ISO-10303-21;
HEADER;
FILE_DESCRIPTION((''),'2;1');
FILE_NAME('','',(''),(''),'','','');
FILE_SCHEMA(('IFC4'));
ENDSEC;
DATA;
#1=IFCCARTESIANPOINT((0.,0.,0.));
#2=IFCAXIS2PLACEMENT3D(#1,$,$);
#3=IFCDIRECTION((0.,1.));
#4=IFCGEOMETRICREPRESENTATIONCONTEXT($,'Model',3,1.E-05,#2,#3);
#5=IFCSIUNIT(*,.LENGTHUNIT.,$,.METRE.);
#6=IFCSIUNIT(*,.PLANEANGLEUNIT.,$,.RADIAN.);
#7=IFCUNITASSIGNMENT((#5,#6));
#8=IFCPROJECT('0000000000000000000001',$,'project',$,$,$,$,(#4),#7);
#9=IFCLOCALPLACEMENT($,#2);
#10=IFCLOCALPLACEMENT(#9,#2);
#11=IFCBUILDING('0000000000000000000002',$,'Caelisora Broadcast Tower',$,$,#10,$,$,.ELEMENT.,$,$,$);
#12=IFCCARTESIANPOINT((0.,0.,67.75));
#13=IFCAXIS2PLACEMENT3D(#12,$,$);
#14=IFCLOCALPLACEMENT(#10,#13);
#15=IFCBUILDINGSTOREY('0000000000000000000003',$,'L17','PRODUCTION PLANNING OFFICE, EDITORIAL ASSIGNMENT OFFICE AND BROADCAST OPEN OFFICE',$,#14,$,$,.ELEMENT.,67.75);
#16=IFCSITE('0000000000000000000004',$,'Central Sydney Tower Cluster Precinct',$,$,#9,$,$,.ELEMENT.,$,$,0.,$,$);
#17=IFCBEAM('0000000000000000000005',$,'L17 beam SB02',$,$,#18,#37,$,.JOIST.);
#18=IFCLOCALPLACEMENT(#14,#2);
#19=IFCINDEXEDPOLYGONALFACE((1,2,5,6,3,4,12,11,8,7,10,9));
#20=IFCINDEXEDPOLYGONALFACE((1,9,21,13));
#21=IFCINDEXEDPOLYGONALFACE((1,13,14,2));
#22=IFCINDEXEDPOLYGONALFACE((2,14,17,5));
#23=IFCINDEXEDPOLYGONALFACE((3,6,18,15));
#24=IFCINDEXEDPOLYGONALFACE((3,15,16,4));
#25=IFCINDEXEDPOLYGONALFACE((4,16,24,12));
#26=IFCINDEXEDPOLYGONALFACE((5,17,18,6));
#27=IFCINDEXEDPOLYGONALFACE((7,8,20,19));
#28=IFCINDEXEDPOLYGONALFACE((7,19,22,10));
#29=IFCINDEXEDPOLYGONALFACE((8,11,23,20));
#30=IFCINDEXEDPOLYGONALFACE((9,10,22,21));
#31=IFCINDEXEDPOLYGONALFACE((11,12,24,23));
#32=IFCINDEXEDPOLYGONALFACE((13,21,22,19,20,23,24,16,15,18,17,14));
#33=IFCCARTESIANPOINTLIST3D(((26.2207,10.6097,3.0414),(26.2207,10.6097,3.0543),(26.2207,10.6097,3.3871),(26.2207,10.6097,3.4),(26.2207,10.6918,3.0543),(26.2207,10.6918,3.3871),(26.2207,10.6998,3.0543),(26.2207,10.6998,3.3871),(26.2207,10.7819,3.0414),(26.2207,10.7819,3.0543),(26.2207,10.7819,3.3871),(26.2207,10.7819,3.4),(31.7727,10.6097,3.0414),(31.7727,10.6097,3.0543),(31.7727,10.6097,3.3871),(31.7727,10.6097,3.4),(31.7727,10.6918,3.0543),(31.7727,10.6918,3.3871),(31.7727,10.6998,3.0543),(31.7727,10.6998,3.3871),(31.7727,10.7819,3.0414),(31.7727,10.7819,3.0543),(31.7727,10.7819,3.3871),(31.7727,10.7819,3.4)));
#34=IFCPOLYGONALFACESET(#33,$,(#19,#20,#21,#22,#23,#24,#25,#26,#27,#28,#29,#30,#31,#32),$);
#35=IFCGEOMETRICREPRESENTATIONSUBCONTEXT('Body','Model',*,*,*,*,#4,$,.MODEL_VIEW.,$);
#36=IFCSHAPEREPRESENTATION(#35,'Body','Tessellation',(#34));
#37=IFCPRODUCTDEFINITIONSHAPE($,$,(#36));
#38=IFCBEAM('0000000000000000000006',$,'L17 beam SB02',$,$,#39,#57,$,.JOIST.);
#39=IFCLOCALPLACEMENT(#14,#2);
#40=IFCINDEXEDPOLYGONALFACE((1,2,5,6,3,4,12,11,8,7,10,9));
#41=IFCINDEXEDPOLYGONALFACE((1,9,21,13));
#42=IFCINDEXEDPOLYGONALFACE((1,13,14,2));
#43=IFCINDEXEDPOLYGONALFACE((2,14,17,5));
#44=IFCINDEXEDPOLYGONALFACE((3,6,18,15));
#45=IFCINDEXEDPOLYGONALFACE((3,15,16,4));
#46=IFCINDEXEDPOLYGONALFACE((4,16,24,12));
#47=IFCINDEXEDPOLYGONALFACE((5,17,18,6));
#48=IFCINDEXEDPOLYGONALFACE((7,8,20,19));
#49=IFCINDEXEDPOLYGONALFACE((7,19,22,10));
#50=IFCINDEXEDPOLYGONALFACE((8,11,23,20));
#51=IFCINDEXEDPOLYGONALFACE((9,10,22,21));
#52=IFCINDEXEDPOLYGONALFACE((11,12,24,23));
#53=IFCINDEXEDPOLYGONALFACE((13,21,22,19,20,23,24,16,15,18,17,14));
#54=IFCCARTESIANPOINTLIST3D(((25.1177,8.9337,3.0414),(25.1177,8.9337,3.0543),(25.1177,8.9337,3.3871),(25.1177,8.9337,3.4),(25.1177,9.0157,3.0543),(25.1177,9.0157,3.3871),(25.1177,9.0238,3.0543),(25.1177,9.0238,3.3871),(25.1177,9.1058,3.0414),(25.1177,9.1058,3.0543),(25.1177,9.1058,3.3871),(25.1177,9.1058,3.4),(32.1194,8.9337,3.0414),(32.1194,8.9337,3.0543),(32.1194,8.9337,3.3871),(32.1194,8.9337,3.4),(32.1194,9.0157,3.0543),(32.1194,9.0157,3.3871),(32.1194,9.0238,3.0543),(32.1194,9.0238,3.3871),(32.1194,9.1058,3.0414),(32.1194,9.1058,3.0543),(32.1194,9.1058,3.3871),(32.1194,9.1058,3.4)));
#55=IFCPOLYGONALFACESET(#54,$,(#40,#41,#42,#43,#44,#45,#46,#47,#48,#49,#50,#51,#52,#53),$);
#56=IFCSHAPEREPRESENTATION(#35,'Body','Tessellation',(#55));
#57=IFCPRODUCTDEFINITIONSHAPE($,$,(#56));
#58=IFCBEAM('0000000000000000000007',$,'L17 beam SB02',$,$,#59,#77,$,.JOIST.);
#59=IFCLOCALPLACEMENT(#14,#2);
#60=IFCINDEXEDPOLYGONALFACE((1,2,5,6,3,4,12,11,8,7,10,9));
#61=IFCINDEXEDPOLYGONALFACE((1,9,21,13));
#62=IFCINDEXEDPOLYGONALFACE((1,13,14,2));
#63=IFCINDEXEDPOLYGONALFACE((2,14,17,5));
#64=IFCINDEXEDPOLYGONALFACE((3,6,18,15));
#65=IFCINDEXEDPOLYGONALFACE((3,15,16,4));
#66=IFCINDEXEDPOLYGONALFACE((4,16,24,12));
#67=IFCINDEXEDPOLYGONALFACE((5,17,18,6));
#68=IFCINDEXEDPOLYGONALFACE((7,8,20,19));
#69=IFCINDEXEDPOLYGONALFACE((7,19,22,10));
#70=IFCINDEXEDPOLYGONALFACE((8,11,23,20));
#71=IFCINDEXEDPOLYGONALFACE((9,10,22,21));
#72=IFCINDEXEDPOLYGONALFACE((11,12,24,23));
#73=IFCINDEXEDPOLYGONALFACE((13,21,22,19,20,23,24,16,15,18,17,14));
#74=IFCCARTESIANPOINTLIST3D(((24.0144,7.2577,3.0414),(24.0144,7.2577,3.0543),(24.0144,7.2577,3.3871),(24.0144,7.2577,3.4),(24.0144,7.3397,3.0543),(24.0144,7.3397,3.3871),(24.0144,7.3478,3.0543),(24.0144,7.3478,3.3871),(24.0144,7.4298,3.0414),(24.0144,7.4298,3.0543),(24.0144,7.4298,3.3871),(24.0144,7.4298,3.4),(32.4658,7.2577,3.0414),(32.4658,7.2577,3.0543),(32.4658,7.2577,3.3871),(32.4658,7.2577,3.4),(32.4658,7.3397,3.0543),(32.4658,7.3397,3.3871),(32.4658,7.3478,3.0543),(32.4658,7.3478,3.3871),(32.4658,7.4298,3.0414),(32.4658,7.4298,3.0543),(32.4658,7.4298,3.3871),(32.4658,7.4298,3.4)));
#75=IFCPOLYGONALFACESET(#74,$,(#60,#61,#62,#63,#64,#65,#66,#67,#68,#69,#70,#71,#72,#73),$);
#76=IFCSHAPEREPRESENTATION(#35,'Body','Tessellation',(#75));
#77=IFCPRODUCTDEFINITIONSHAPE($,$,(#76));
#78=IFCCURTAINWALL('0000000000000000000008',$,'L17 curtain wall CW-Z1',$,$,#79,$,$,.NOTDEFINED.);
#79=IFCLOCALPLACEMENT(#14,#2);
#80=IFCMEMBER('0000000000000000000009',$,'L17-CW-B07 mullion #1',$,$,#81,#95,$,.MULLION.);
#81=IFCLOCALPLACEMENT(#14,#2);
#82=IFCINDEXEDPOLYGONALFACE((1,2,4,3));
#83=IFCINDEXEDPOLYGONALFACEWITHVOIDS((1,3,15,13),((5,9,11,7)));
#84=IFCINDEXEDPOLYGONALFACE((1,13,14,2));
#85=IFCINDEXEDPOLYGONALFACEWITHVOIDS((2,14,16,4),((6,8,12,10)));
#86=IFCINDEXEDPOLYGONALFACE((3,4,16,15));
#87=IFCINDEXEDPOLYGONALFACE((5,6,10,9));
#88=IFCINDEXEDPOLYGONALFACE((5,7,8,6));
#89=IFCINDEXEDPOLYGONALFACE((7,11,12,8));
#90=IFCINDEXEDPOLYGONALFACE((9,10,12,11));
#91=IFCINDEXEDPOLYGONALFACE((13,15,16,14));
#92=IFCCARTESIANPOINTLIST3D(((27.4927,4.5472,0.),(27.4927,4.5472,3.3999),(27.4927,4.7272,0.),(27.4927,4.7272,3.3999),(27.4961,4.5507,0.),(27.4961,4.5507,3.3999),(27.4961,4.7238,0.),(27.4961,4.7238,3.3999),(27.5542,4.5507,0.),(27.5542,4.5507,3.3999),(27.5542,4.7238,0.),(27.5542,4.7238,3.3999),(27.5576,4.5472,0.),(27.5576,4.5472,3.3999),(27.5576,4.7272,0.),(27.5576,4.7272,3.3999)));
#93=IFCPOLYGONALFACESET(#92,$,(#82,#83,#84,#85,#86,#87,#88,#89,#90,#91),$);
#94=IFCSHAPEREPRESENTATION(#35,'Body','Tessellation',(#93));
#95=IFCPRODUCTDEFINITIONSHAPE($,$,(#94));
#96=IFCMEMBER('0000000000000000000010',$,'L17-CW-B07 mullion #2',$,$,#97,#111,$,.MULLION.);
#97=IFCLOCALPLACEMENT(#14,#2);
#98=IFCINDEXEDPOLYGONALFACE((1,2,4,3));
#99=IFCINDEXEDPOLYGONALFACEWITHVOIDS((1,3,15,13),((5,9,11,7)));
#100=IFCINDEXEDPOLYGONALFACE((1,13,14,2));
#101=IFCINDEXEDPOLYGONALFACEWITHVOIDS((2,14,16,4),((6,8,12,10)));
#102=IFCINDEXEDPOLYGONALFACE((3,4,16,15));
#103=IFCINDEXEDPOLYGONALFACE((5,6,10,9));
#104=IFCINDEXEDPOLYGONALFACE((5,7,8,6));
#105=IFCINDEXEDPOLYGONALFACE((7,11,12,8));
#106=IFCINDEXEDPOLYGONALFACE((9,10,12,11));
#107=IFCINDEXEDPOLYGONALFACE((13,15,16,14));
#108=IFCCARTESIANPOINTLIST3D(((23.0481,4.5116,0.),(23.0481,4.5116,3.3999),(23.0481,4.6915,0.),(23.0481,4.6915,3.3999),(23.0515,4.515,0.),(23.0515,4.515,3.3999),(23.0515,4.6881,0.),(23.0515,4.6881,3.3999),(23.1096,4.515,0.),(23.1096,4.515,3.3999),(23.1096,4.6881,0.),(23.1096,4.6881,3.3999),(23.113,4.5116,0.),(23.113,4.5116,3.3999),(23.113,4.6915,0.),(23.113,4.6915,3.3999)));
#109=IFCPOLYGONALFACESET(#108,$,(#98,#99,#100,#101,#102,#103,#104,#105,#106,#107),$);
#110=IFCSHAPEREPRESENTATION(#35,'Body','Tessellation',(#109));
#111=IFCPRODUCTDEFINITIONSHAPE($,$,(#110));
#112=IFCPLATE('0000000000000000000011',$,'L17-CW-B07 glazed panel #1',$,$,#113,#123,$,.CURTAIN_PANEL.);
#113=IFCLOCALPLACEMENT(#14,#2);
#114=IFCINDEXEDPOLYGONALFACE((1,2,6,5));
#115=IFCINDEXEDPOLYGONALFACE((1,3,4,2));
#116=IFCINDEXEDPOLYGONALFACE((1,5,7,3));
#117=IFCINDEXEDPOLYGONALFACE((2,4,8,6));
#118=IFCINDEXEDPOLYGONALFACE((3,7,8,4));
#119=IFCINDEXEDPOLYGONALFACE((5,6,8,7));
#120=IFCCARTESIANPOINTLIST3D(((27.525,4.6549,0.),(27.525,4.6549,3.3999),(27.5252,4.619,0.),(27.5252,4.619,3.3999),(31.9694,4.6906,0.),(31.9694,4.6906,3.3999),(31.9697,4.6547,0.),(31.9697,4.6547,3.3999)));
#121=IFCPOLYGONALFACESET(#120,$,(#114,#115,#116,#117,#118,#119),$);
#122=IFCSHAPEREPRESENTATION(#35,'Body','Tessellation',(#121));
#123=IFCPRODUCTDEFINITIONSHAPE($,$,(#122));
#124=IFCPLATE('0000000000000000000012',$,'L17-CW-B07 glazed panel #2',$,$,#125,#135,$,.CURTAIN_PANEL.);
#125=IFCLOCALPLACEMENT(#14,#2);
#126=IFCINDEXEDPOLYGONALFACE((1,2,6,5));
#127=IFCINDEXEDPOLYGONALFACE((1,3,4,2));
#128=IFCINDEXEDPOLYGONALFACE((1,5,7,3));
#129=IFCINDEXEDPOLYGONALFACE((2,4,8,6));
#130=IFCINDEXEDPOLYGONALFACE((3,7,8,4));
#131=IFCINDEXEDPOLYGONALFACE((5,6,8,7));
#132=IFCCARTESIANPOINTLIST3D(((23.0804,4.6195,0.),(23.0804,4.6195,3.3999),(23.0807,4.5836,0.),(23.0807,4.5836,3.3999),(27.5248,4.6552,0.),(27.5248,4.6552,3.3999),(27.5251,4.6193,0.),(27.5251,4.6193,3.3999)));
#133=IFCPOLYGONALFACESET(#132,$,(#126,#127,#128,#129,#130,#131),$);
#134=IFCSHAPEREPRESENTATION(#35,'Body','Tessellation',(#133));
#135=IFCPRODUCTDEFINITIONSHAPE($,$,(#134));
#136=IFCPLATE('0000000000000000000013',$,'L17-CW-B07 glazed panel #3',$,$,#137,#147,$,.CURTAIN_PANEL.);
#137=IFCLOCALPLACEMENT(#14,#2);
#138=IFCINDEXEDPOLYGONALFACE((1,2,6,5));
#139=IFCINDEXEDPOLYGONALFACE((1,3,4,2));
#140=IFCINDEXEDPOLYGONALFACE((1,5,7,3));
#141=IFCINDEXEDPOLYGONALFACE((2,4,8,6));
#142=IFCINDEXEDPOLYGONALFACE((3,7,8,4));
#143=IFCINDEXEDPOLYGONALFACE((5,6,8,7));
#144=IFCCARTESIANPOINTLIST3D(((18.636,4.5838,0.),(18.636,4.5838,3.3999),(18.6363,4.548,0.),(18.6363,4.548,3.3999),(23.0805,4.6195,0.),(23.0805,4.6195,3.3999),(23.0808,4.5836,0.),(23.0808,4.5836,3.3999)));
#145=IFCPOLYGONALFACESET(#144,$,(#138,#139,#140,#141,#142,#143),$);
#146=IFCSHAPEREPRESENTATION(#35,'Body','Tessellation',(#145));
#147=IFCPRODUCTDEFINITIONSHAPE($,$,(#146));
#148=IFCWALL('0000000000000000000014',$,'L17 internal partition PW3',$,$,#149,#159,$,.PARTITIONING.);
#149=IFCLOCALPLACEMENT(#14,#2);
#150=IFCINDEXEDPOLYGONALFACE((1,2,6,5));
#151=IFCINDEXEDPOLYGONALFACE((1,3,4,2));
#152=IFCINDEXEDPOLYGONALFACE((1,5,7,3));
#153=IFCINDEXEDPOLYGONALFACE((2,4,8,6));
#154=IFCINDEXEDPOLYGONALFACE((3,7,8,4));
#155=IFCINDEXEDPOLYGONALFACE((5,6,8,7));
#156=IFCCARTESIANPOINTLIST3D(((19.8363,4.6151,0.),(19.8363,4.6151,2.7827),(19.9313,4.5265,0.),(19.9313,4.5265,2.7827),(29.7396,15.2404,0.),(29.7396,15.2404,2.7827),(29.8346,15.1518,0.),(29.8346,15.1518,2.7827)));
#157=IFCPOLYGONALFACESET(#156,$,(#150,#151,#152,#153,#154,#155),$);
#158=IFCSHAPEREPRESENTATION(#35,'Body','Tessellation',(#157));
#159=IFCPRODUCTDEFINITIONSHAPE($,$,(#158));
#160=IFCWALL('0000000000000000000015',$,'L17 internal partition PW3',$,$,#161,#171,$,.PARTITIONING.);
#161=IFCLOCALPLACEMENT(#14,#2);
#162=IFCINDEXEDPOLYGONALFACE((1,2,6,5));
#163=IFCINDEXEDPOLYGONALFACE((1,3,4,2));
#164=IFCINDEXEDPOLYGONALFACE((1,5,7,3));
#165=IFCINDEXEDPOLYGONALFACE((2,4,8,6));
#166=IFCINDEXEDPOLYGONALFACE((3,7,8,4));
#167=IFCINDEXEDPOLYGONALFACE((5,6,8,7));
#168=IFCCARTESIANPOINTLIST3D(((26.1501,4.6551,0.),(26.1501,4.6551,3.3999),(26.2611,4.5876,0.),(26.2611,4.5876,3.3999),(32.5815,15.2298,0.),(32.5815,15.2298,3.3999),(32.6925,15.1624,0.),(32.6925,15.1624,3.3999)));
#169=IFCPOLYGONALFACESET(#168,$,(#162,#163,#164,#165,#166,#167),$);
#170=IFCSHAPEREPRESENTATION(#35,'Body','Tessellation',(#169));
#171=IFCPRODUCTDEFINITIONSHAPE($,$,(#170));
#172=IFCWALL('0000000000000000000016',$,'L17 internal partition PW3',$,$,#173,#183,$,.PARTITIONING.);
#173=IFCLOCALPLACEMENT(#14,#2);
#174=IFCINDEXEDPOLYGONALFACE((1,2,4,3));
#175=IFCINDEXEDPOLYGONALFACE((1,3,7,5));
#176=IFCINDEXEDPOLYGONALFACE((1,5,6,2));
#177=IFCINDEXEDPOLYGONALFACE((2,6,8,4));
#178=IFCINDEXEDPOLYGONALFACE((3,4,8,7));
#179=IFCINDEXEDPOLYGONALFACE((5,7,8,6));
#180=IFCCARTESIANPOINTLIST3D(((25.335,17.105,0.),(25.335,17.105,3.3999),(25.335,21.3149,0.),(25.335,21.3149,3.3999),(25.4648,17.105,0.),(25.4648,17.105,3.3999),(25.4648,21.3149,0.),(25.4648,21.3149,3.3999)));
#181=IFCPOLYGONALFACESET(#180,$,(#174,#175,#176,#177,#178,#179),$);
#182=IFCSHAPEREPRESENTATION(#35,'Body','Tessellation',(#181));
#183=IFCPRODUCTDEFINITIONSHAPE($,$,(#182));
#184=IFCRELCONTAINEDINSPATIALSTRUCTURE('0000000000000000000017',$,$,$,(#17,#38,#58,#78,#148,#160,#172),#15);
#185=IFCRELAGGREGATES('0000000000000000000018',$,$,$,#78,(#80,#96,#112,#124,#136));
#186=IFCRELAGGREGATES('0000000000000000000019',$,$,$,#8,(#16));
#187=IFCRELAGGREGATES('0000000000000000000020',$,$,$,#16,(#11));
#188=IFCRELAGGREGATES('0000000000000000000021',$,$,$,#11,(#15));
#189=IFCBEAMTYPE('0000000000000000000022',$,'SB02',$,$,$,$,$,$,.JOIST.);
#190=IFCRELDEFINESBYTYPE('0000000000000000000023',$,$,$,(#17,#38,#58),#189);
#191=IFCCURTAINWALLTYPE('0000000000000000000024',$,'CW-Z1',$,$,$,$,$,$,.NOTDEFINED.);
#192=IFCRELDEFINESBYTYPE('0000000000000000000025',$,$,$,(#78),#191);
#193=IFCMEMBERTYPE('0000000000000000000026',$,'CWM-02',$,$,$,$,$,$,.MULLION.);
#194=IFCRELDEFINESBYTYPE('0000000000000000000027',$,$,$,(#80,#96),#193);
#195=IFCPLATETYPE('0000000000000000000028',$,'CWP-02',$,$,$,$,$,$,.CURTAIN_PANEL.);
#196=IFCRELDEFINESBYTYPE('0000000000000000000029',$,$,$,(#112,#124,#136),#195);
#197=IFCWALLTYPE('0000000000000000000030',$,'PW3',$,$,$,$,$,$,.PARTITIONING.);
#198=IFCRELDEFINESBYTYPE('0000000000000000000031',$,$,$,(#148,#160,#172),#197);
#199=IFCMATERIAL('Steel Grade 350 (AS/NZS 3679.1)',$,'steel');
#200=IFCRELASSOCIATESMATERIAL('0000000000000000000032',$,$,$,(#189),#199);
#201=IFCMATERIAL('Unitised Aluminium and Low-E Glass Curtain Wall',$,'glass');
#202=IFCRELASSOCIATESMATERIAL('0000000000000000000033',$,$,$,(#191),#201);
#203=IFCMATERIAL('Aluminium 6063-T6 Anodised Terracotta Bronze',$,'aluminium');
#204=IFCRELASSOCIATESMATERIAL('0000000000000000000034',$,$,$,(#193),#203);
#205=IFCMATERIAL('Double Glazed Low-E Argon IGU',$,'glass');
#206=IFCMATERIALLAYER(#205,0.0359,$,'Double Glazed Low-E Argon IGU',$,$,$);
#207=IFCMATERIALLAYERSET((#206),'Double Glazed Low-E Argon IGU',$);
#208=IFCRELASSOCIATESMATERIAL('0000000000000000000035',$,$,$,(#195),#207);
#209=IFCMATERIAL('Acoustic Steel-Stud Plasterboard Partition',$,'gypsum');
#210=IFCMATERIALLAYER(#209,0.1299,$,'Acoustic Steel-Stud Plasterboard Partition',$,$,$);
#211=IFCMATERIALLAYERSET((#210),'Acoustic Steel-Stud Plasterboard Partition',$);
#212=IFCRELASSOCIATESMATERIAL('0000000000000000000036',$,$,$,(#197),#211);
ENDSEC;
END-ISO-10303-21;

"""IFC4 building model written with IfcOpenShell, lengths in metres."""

from ifc_helpers import new_model, si_unit, direction, frame, frame_2d, origin, origin_2d, place, context, subcontext, project, spatial, rectangle, hollow_rectangle, i_section, extrude, source, transform, mapped, material, layer, layer_set, material_profile, profile_set, type_object, type_shapes, element, aggregate, save


model = new_model("IFC4")

# Units and contexts
model_context = context("Model", 3, precision=1e-05, world=origin(), true_north=direction((0.0, 1.0)))
body_context = subcontext(model_context, "Body", "Model", "MODEL_VIEW")
ifc_project = project(units=[si_unit("LENGTHUNIT", "METRE"), si_unit("PLANEANGLEUNIT", "RADIAN")], contexts=[model_context])

# Site, building, storey
site_placement = place(None, origin())
site = spatial("IfcSite", under=ifc_project, at=site_placement, Name="Central Sydney Tower Cluster Precinct", CompositionType="ELEMENT", RefElevation=0.0)
building_placement = place(site_placement, origin())
building = spatial("IfcBuilding", under=site, at=building_placement, Name="Caelisora Broadcast Tower", CompositionType="ELEMENT")
storey_placement = place(building_placement, frame((0.0, 0.0, 67.75)))
storey = spatial("IfcBuildingStorey", under=building, at=storey_placement, Name="L17", Description="PRODUCTION PLANNING OFFICE, EDITORIAL ASSIGNMENT OFFICE AND BROADCAST OPEN OFFICE", CompositionType="ELEMENT", Elevation=67.75)

# Beams
ifc_material_1 = material(Name="Steel Grade 350 (AS/NZS 3679.1)", Category="steel")
ifc_material_profile_1 = material_profile(ifc_material_1, i_section(OverallWidth=0.1721, OverallDepth=0.3586, WebThickness=0.0081, FlangeThickness=0.0129, at=origin_2d()), Name="Steel Grade 350 (AS/NZS 3679.1)")
ifc_profile_set_1 = profile_set([ifc_material_profile_1], Name="Steel Grade 350 (AS/NZS 3679.1)")
beam_type_1 = type_object("IfcBeamType", Name="SB02", PredefinedType="JOIST", material=ifc_profile_set_1)
shared_shape_1 = source(origin(), body_context, "Body", "SweptSolid", [
    extrude(i_section(OverallWidth=0.1721, OverallDepth=0.3586, WebThickness=0.0081, FlangeThickness=0.0129, at=origin_2d()), origin(), (0.0, 0.0, 1.0), 5.552),
])
beam_1_placement = place(storey_placement, frame((26.2207, 10.6958, 3.2207), z_axis=(1.0, 0.0, 0.0), x_axis=(0.0, 1.0, 0.0)))
element("IfcBeam", 1, at=beam_1_placement, inside=storey, type_object=beam_type_1, Name="L17 beam SB02", PredefinedType="JOIST", context=body_context, shape_type="MappedRepresentation", body=[
    mapped(shared_shape_1, transform((0.0, 0.0, 0.0), scale=1.0)),
])
shared_shape_2 = source(origin(), body_context, "Body", "SweptSolid", [
    extrude(i_section(OverallWidth=0.1721, OverallDepth=0.3586, WebThickness=0.0081, FlangeThickness=0.0129, at=origin_2d()), origin(), (0.0, 0.0, 1.0), 7.0017),
])
beam_2_placement = place(storey_placement, frame((25.1177, 9.0198, 3.2207), z_axis=(1.0, 0.0, 0.0), x_axis=(0.0, 1.0, 0.0)))
element("IfcBeam", 2, at=beam_2_placement, inside=storey, type_object=beam_type_1, Name="L17 beam SB02", PredefinedType="JOIST", context=body_context, shape_type="MappedRepresentation", body=[
    mapped(shared_shape_2, transform((0.0, 0.0, 0.0), scale=1.0)),
])
shared_shape_3 = source(origin(), body_context, "Body", "SweptSolid", [
    extrude(i_section(OverallWidth=0.1721, OverallDepth=0.3586, WebThickness=0.0081, FlangeThickness=0.0129, at=origin_2d()), origin(), (0.0, 0.0, 1.0), 8.4514),
])
beam_3_placement = place(storey_placement, frame((24.0144, 7.3438, 3.2207), z_axis=(1.0, 0.0, 0.0), x_axis=(0.0, 1.0, 0.0)))
element("IfcBeam", 3, at=beam_3_placement, inside=storey, type_object=beam_type_1, Name="L17 beam SB02", PredefinedType="JOIST", context=body_context, shape_type="MappedRepresentation", body=[
    mapped(shared_shape_3, transform((0.0, 0.0, 0.0), scale=1.0)),
])

# Curtain wall, members, plates
ifc_material_2 = material(Name="Unitised Aluminium and Low-E Glass Curtain Wall", Category="glass")
curtain_wall_type = type_object("IfcCurtainWallType", Name="CW-Z1", PredefinedType="NOTDEFINED", material=ifc_material_2)
curtain_wall_placement = place(storey_placement, origin())
curtain_wall = element("IfcCurtainWall", 4, at=curtain_wall_placement, inside=storey, type_object=curtain_wall_type, Name="L17 curtain wall CW-Z1", PredefinedType="NOTDEFINED")
ifc_material_3 = material(Name="Aluminium 6063-T6 Anodised Terracotta Bronze", Category="aluminium")
ifc_material_profile_2 = material_profile(ifc_material_3, hollow_rectangle(XDim=0.0649, YDim=0.1799, WallThickness=0.0034, at=origin_2d()), Name="Aluminium 6063-T6 Anodised Terracotta Bronze")
ifc_profile_set_2 = profile_set([ifc_material_profile_2], Name="Aluminium 6063-T6 Anodised Terracotta Bronze")
member_type = type_object("IfcMemberType", Name="CWM-02", PredefinedType="MULLION", material=ifc_profile_set_2)
shared_shape_4 = source(origin(), body_context, "Body", "SweptSolid", [
    extrude(hollow_rectangle(XDim=0.0649, YDim=0.1799, WallThickness=0.0034, at=origin_2d()), origin(), (0.0, 0.0, 1.0), 3.3999),
])
type_shapes(member_type, [shared_shape_4])
member_1_placement = place(storey_placement, frame((27.5251, 4.6372, 0.0), z_axis=(0.0, 0.0, 1.0), x_axis=(1.0, 0.0, 0.0)))
member_1 = element("IfcMember", 5, at=member_1_placement, type_object=member_type, Name="L17-CW-B07 mullion #1", PredefinedType="MULLION", context=body_context, shape_type="MappedRepresentation", body=[
    mapped(shared_shape_4, transform((0.0, 0.0, 0.0), scale=1.0)),
])
member_2_placement = place(storey_placement, frame((23.0806, 4.6016, 0.0), z_axis=(0.0, 0.0, 1.0), x_axis=(1.0, 0.0, 0.0)))
member_2 = element("IfcMember", 6, at=member_2_placement, type_object=member_type, Name="L17-CW-B07 mullion #2", PredefinedType="MULLION", context=body_context, shape_type="MappedRepresentation", body=[
    mapped(shared_shape_4, transform((0.0, 0.0, 0.0), scale=1.0)),
])
ifc_material_4 = material(Name="Double Glazed Low-E Argon IGU", Category="glass")
ifc_layer_1 = layer(ifc_material_4, 0.0359, Name="Double Glazed Low-E Argon IGU")
ifc_layer_set_1 = layer_set([ifc_layer_1], Name="Double Glazed Low-E Argon IGU")
plate_type = type_object("IfcPlateType", Name="CWP-02", PredefinedType="CURTAIN_PANEL", material=ifc_layer_set_1)
shared_shape_5 = source(origin(), body_context, "Body", "SweptSolid", [
    extrude(rectangle(XDim=4.4446, YDim=0.0359, at=origin_2d()), origin(), (0.0, 0.0, 1.0), 3.3999),
])
type_shapes(plate_type, [shared_shape_5])
plate_1_placement = place(storey_placement, frame((29.7473, 4.6548, 0.0), z_axis=(0.0, 0.0, 1.0), x_axis=(-0.999968, -0.008028, 0.0)))
plate_1 = element("IfcPlate", 7, at=plate_1_placement, type_object=plate_type, Name="L17-CW-B07 glazed panel #1", PredefinedType="CURTAIN_PANEL", context=body_context, shape_type="MappedRepresentation", body=[
    mapped(shared_shape_5, transform((0.0, 0.0, 0.0), scale=1.0)),
])
plate_2_placement = place(storey_placement, frame((25.3027, 4.6194, 0.0), z_axis=(0.0, 0.0, 1.0), x_axis=(-0.999968, -0.008028, 0.0)))
plate_2 = element("IfcPlate", 8, at=plate_2_placement, type_object=plate_type, Name="L17-CW-B07 glazed panel #2", PredefinedType="CURTAIN_PANEL", context=body_context, shape_type="MappedRepresentation", body=[
    mapped(shared_shape_5, transform((0.0, 0.0, 0.0), scale=1.0)),
])
plate_3_placement = place(storey_placement, frame((20.8584, 4.5837, 0.0), z_axis=(0.0, 0.0, 1.0), x_axis=(-0.999968, -0.008028, 0.0)))
plate_3 = element("IfcPlate", 9, at=plate_3_placement, type_object=plate_type, Name="L17-CW-B07 glazed panel #3", PredefinedType="CURTAIN_PANEL", context=body_context, shape_type="MappedRepresentation", body=[
    mapped(shared_shape_5, transform((0.0, 0.0, 0.0), scale=1.0)),
])
aggregate(curtain_wall, [member_1, member_2, plate_1, plate_2, plate_3])

# Walls
ifc_material_5 = material(Name="Acoustic Steel-Stud Plasterboard Partition", Category="gypsum")
ifc_layer_2 = layer(ifc_material_5, 0.1299, Name="Acoustic Steel-Stud Plasterboard Partition")
ifc_layer_set_2 = layer_set([ifc_layer_2], Name="Acoustic Steel-Stud Plasterboard Partition")
wall_type = type_object("IfcWallType", Name="PW3", PredefinedType="PARTITIONING", material=ifc_layer_set_2)
wall_1_placement = place(storey_placement, frame((19.8838, 4.5708, 0.0), z_axis=(0.0, 0.0, 1.0), x_axis=(0.681819, 0.731521, 0.0)))
element("IfcWall", 10, at=wall_1_placement, inside=storey, type_object=wall_type, Name="L17 internal partition PW3", PredefinedType="PARTITIONING", context=body_context, shape_type="SweptSolid", body=[
    extrude(rectangle(XDim=14.5249, YDim=0.1299, at=frame_2d((7.2625, 0.0))), origin(), (0.0, 0.0, 1.0), 2.7827),
])
wall_2_placement = place(storey_placement, frame((26.2056, 4.6213, 0.0), z_axis=(0.0, 0.0, 1.0), x_axis=(0.51963, 0.854392, 0.0)))
element("IfcWall", 11, at=wall_2_placement, inside=storey, type_object=wall_type, Name="L17 internal partition PW3", PredefinedType="PARTITIONING", context=body_context, shape_type="SweptSolid", body=[
    extrude(rectangle(XDim=12.377, YDim=0.1299, at=frame_2d((6.1885, 0.0))), origin(), (0.0, 0.0, 1.0), 3.3999),
])
wall_3_placement = place(storey_placement, frame((25.3999, 17.105, 0.0), z_axis=(0.0, 0.0, 1.0), x_axis=(0.0, 1.0, 0.0)))
element("IfcWall", 12, at=wall_3_placement, inside=storey, type_object=wall_type, Name="L17 internal partition PW3", PredefinedType="PARTITIONING", context=body_context, shape_type="SweptSolid", body=[
    extrude(rectangle(XDim=4.21, YDim=0.1299, at=frame_2d((2.105, 0.0))), origin(), (0.0, 0.0, 1.0), 3.3999),
])

save(model, "model.ifc")
